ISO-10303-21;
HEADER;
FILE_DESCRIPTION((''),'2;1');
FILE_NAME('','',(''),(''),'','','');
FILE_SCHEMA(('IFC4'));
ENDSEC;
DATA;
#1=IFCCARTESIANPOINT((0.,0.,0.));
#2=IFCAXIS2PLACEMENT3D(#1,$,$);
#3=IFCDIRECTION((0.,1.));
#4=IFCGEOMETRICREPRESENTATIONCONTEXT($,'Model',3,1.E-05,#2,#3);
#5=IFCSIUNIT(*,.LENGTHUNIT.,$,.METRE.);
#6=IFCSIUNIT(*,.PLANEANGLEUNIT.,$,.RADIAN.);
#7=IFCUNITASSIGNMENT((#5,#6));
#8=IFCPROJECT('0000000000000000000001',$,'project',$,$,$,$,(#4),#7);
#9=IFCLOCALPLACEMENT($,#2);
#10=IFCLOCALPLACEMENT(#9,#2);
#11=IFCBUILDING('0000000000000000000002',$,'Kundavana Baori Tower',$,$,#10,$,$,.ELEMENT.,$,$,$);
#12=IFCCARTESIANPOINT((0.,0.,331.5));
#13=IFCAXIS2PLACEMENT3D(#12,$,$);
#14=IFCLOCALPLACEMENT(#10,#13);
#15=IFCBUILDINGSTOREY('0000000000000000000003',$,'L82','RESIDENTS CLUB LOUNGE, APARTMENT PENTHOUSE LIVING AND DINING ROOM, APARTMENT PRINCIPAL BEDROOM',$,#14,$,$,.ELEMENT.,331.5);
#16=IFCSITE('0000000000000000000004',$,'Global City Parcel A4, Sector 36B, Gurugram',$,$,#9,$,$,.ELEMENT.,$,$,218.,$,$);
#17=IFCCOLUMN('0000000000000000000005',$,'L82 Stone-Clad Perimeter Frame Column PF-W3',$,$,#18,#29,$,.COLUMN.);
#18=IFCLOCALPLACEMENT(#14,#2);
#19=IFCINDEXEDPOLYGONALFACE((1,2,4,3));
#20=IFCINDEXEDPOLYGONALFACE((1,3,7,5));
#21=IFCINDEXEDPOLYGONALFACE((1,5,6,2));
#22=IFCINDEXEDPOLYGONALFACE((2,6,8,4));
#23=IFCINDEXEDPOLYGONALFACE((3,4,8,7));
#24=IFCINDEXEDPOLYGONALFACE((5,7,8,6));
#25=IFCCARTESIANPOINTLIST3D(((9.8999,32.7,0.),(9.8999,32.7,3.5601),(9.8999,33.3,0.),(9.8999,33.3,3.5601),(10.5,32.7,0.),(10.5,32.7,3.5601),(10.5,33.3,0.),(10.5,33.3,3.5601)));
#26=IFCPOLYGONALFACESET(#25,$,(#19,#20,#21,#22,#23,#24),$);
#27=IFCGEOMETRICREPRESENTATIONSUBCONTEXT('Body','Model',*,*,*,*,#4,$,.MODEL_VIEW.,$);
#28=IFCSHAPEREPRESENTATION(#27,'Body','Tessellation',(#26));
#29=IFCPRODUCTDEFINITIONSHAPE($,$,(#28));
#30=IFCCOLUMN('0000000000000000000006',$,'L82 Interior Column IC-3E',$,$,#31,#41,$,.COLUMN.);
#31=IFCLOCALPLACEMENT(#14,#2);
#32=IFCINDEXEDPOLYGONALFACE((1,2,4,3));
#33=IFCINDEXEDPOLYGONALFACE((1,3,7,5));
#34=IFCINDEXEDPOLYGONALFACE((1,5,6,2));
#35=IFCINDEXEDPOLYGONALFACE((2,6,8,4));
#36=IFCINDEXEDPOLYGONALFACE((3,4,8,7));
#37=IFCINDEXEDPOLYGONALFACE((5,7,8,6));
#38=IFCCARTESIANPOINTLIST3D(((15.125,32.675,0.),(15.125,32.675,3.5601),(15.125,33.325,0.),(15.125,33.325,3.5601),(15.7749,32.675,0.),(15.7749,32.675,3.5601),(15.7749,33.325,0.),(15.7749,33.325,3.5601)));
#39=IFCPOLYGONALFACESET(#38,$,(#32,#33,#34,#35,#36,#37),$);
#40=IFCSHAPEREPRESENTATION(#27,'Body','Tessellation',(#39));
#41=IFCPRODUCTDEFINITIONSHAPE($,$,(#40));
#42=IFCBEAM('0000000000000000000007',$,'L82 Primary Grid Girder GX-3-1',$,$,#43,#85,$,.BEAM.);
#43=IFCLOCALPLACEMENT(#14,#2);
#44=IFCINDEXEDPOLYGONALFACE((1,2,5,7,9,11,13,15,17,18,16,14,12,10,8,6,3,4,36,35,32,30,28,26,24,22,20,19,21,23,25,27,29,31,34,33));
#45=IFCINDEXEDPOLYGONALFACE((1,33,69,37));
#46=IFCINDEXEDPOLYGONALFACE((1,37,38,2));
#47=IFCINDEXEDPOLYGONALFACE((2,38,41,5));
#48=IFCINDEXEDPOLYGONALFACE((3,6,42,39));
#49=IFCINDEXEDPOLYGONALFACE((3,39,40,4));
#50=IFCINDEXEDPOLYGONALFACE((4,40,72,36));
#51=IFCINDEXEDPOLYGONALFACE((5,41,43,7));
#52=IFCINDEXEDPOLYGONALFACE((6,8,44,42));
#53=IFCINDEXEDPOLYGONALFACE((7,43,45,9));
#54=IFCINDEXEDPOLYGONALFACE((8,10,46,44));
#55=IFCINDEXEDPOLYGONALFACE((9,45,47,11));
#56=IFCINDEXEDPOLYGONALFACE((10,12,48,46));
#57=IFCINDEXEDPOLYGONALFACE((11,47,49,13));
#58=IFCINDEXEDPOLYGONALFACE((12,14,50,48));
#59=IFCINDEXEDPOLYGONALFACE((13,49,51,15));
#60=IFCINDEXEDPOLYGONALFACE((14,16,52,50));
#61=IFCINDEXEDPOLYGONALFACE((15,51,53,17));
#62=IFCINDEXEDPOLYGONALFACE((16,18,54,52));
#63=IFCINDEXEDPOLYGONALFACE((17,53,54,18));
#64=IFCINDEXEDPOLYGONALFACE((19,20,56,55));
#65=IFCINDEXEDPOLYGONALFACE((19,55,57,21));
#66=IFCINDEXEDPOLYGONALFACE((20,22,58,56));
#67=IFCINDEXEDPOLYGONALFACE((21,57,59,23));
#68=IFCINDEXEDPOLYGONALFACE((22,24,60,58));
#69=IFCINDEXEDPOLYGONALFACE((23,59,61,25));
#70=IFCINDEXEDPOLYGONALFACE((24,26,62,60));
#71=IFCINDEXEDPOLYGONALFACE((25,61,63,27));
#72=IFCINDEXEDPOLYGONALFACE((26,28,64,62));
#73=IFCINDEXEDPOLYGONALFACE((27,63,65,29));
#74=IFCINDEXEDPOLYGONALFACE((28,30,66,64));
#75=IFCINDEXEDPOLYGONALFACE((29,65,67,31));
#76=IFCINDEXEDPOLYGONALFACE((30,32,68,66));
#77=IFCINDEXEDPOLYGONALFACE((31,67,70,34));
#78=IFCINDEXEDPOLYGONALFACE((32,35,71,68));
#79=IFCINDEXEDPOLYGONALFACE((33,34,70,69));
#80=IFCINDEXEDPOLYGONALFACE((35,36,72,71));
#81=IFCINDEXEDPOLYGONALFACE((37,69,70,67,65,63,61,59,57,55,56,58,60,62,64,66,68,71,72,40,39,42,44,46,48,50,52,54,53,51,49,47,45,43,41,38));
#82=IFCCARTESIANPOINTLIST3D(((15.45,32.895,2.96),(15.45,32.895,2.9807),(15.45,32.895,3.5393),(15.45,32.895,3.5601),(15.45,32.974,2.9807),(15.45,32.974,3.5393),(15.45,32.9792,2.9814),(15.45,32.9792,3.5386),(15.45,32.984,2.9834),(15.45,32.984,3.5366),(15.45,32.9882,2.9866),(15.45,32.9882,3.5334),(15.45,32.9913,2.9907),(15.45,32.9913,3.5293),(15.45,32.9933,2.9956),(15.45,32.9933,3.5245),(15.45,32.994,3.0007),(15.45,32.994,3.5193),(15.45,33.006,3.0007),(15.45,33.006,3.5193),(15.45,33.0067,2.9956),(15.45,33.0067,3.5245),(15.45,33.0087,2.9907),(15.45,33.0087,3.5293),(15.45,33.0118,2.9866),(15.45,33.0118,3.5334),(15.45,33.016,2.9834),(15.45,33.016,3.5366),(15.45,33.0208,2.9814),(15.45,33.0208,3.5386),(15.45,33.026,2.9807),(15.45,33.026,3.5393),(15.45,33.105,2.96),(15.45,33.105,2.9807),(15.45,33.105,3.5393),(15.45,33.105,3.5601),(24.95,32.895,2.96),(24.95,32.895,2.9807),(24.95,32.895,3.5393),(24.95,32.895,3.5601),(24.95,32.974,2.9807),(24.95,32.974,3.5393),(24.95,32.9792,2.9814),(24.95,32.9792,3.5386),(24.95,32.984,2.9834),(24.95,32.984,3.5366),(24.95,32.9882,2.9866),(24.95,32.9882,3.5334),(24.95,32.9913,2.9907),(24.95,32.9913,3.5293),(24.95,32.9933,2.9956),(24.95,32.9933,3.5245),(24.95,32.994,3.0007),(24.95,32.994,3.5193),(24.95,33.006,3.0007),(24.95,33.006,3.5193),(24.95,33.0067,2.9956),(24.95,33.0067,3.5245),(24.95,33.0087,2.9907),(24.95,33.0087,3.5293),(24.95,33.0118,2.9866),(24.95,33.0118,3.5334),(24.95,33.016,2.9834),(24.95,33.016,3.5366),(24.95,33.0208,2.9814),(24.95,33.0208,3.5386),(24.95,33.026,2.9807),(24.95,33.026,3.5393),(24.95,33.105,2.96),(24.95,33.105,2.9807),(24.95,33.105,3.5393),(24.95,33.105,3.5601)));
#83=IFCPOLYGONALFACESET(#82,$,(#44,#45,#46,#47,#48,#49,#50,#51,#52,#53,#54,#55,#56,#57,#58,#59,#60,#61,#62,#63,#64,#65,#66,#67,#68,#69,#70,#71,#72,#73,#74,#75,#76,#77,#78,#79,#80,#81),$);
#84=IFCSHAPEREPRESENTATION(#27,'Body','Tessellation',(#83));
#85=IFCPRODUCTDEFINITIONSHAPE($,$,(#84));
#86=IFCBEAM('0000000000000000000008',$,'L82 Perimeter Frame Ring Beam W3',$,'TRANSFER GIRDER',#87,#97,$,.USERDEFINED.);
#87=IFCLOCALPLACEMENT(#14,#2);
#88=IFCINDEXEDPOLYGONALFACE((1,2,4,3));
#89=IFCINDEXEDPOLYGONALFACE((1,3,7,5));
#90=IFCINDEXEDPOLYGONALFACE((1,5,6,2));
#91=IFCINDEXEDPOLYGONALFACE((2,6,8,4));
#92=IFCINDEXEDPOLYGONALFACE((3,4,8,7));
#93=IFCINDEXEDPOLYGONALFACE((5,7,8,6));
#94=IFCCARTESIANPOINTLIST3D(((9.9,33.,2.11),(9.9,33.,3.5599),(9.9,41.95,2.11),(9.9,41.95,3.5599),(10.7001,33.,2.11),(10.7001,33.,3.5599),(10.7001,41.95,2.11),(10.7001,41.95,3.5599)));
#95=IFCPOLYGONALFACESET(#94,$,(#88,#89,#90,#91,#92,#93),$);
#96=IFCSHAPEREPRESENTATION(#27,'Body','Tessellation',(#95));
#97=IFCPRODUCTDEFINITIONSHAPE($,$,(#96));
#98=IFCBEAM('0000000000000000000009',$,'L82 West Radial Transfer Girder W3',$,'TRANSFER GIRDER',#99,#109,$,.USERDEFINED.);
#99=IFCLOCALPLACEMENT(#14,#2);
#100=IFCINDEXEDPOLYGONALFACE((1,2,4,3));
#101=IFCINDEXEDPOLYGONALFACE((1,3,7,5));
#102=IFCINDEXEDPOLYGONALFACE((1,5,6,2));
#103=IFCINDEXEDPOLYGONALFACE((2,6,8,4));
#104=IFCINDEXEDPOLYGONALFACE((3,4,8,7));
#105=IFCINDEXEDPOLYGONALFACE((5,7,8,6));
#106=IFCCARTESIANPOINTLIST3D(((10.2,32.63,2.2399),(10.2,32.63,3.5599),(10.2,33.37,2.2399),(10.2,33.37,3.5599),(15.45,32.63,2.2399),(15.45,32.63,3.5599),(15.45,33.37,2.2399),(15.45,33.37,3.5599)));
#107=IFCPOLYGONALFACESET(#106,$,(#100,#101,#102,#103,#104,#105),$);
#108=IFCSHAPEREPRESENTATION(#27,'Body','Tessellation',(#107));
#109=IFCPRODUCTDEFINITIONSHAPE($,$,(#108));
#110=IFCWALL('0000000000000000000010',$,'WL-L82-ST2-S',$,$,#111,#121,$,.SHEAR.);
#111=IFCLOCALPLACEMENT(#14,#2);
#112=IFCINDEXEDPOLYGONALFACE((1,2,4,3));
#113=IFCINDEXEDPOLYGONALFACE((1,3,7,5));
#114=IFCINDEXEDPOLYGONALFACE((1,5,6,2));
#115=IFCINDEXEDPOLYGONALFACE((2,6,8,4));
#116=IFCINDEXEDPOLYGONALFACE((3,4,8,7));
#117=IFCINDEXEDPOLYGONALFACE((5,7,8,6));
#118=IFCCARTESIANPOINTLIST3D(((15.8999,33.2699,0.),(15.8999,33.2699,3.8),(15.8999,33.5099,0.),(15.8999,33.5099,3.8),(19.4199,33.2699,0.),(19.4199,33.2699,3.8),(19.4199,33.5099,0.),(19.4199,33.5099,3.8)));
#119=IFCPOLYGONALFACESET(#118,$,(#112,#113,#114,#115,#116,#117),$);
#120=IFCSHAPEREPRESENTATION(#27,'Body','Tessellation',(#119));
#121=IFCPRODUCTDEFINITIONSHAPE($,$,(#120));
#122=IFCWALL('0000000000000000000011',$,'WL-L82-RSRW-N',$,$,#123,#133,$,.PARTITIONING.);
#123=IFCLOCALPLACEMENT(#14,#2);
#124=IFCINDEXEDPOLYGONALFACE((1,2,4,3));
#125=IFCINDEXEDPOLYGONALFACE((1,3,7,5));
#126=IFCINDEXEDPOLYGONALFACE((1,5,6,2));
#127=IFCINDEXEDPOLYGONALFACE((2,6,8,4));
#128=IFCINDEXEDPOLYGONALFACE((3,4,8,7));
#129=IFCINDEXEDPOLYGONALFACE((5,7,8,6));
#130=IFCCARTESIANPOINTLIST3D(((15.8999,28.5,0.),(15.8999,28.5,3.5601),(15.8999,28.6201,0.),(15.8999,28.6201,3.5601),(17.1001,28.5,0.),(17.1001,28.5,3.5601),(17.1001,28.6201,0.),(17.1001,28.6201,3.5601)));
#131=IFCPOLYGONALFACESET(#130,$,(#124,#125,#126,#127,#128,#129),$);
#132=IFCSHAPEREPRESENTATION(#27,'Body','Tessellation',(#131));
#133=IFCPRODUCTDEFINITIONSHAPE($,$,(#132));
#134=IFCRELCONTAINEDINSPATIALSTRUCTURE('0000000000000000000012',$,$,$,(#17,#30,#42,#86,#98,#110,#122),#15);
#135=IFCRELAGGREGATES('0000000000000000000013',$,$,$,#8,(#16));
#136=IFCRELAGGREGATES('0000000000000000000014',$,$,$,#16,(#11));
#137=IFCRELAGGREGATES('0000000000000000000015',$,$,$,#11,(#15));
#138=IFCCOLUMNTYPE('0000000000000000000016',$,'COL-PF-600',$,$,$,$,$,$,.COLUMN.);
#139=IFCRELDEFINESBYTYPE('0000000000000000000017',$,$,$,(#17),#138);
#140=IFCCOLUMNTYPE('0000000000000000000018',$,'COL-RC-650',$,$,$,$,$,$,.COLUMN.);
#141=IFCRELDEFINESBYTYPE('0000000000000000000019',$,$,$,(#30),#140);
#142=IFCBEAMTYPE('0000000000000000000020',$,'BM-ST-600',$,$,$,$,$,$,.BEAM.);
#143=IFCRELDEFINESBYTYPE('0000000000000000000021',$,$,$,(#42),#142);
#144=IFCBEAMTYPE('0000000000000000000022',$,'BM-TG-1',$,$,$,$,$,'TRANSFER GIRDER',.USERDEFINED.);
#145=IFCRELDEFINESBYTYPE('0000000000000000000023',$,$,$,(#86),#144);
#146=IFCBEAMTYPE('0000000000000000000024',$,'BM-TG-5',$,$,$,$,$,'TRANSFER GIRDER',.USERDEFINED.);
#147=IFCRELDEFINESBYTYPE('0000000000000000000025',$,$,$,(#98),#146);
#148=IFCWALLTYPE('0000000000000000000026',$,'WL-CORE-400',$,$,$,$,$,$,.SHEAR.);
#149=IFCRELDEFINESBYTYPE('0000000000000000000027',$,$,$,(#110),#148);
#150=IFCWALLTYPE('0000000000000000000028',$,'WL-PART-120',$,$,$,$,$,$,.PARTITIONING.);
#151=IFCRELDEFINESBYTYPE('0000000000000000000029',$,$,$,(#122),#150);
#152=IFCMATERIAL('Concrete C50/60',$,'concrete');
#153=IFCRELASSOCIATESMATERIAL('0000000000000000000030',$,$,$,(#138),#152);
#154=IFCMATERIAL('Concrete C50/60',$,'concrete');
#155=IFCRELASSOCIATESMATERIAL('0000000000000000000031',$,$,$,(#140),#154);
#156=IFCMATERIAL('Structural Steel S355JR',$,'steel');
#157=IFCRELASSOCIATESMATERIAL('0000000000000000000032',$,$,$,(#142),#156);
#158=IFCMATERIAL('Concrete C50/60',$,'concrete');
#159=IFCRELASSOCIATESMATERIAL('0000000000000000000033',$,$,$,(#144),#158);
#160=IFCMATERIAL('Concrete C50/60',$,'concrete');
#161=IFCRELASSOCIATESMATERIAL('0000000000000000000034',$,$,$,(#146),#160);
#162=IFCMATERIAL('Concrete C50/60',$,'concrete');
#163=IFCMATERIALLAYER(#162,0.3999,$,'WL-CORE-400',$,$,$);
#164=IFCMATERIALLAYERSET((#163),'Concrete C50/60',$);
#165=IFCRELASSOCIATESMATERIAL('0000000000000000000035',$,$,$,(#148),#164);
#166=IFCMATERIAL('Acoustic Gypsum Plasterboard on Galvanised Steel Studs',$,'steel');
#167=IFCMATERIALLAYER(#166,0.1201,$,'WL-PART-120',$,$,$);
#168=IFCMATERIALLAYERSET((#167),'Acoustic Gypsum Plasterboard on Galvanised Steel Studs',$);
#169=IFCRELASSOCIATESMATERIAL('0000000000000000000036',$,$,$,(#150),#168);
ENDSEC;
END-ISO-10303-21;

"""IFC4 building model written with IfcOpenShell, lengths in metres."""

from ifc_helpers import new_model, si_unit, direction, frame, frame_2d, origin, origin_2d, place, context, subcontext, project, spatial, rectangle, i_section, extrude, material, layer, layer_set, material_profile, profile_set, type_object, element, save


model = new_model("IFC4")

# Units and contexts
model_context = context("Model", 3, precision=1e-05, world=origin(), true_north=direction((0.0, 1.0)))
body_context = subcontext(model_context, "Body", "Model", "MODEL_VIEW")
ifc_project = project(units=[si_unit("LENGTHUNIT", "METRE"), si_unit("PLANEANGLEUNIT", "RADIAN")], contexts=[model_context])

# Site, building, storey
site_placement = place(None, origin())
site = spatial("IfcSite", under=ifc_project, at=site_placement, Name="Global City Parcel A4, Sector 36B, Gurugram", CompositionType="ELEMENT", RefElevation=218.0)
building_placement = place(site_placement, origin())
building = spatial("IfcBuilding", under=site, at=building_placement, Name="Kundavana Baori Tower", CompositionType="ELEMENT")
storey_placement = place(building_placement, frame((0.0, 0.0, 331.5)))
storey = spatial("IfcBuildingStorey", under=building, at=storey_placement, Name="L82", Description="RESIDENTS CLUB LOUNGE, APARTMENT PENTHOUSE LIVING AND DINING ROOM, APARTMENT PRINCIPAL BEDROOM", CompositionType="ELEMENT", Elevation=331.5)

# Columns
ifc_material_1 = material(Name="Concrete C50/60", Category="concrete")
ifc_material_profile_1 = material_profile(ifc_material_1, rectangle(XDim=0.6001, YDim=0.6001, at=origin_2d()), Name="RC PF 600x600")
ifc_profile_set_1 = profile_set([ifc_material_profile_1], Name="Concrete C50/60")
column_type_1 = type_object("IfcColumnType", Name="COL-PF-600", PredefinedType="COLUMN", material=ifc_profile_set_1)
column_1_placement = place(storey_placement, frame((10.2, 33.0, 0.0), z_axis=(0.0, 0.0, 1.0), x_axis=(1.0, 0.0, 0.0)))
element("IfcColumn", 1, at=column_1_placement, inside=storey, type_object=column_type_1, Name="L82 Stone-Clad Perimeter Frame Column PF-W3", PredefinedType="COLUMN", context=body_context, shape_type="SweptSolid", body=[
    extrude(rectangle(XDim=0.6001, YDim=0.6001, at=origin_2d()), origin(), (0.0, 0.0, 1.0), 3.5601),
])
ifc_material_2 = material(Name="Concrete C50/60", Category="concrete")
ifc_material_profile_2 = material_profile(ifc_material_2, rectangle(XDim=0.6499, YDim=0.6499, at=origin_2d()), Name="RC 650x650")
ifc_profile_set_2 = profile_set([ifc_material_profile_2], Name="Concrete C50/60")
column_type_2 = type_object("IfcColumnType", Name="COL-RC-650", PredefinedType="COLUMN", material=ifc_profile_set_2)
column_2_placement = place(storey_placement, frame((15.45, 33.0, 0.0), z_axis=(0.0, 0.0, 1.0), x_axis=(1.0, 0.0, 0.0)))
element("IfcColumn", 2, at=column_2_placement, inside=storey, type_object=column_type_2, Name="L82 Interior Column IC-3E", PredefinedType="COLUMN", context=body_context, shape_type="SweptSolid", body=[
    extrude(rectangle(XDim=0.6499, YDim=0.6499, at=origin_2d()), origin(), (0.0, 0.0, 1.0), 3.5601),
])

# Beams
ifc_material_3 = material(Name="Structural Steel S355JR", Category="steel")
ifc_material_profile_3 = material_profile(ifc_material_3, i_section(OverallWidth=0.21, OverallDepth=0.6001, WebThickness=0.012, FlangeThickness=0.0208, FilletRadius=0.02, at=origin_2d()), Name="ISMB 600")
ifc_profile_set_3 = profile_set([ifc_material_profile_3], Name="Structural Steel S355JR")
beam_type_1 = type_object("IfcBeamType", Name="BM-ST-600", PredefinedType="BEAM", material=ifc_profile_set_3)
beam_1_placement = place(storey_placement, frame((15.45, 33.0, 3.26), z_axis=(1.0, 0.0, 0.0), x_axis=(0.0, 1.0, 0.0)))
element("IfcBeam", 3, at=beam_1_placement, inside=storey, type_object=beam_type_1, Name="L82 Primary Grid Girder GX-3-1", PredefinedType="BEAM", context=body_context, shape_type="SweptSolid", body=[
    extrude(i_section(OverallWidth=0.21, OverallDepth=0.6001, WebThickness=0.012, FlangeThickness=0.0208, FilletRadius=0.02, at=origin_2d()), origin(), (0.0, 0.0, 1.0), 9.5),
])
ifc_material_4 = material(Name="Concrete C50/60", Category="concrete")
ifc_material_profile_4 = material_profile(ifc_material_4, rectangle(XDim=0.8, YDim=1.45, at=origin_2d()), Name="BM-TG-1")
ifc_profile_set_4 = profile_set([ifc_material_profile_4], Name="Concrete C50/60")
beam_type_2 = type_object("IfcBeamType", Name="BM-TG-1", ElementType="TRANSFER GIRDER", PredefinedType="USERDEFINED", material=ifc_profile_set_4)
beam_2_placement = place(storey_placement, frame((10.3, 33.0, 2.835), z_axis=(0.0, 1.0, 0.0), x_axis=(-1.0, 0.0, 0.0)))
element("IfcBeam", 4, at=beam_2_placement, inside=storey, type_object=beam_type_2, Name="L82 Perimeter Frame Ring Beam W3", ObjectType="TRANSFER GIRDER", PredefinedType="USERDEFINED", context=body_context, shape_type="SweptSolid", body=[
    extrude(rectangle(XDim=0.8, YDim=1.45, at=origin_2d()), origin(), (0.0, 0.0, 1.0), 8.95),
])
ifc_material_5 = material(Name="Concrete C50/60", Category="concrete")
ifc_material_profile_5 = material_profile(ifc_material_5, rectangle(XDim=0.74, YDim=1.3201, at=origin_2d()), Name="BM-TG-5")
ifc_profile_set_5 = profile_set([ifc_material_profile_5], Name="Concrete C50/60")
beam_type_3 = type_object("IfcBeamType", Name="BM-TG-5", ElementType="TRANSFER GIRDER", PredefinedType="USERDEFINED", material=ifc_profile_set_5)
beam_3_placement = place(storey_placement, frame((15.45, 33.0, 2.8999), z_axis=(-1.0, 0.0, 0.0), x_axis=(0.0, -1.0, 0.0)))
element("IfcBeam", 5, at=beam_3_placement, inside=storey, type_object=beam_type_3, Name="L82 West Radial Transfer Girder W3", ObjectType="TRANSFER GIRDER", PredefinedType="USERDEFINED", context=body_context, shape_type="SweptSolid", body=[
    extrude(rectangle(XDim=0.74, YDim=1.3201, at=origin_2d()), origin(), (0.0, 0.0, 1.0), 5.25),
])

# Walls
ifc_material_6 = material(Name="Concrete C50/60", Category="concrete")
ifc_layer_1 = layer(ifc_material_6, 0.3999, Name="WL-CORE-400")
ifc_layer_set_1 = layer_set([ifc_layer_1], Name="Concrete C50/60")
wall_type_1 = type_object("IfcWallType", Name="WL-CORE-400", PredefinedType="SHEAR", material=ifc_layer_set_1)
wall_1_placement = place(storey_placement, frame((15.8999, 33.3899, 0.0), z_axis=(0.0, 0.0, 1.0), x_axis=(1.0, 0.0, 0.0)))
element("IfcWall", 6, at=wall_1_placement, inside=storey, type_object=wall_type_1, Name="WL-L82-ST2-S", PredefinedType="SHEAR", context=body_context, shape_type="SweptSolid", body=[
    extrude(rectangle(XDim=3.52, YDim=0.24, at=frame_2d((1.76, 0.0))), origin(), (0.0, 0.0, 1.0), 3.8),
])
ifc_material_7 = material(Name="Acoustic Gypsum Plasterboard on Galvanised Steel Studs", Category="steel")
ifc_layer_2 = layer(ifc_material_7, 0.1201, Name="WL-PART-120")
ifc_layer_set_2 = layer_set([ifc_layer_2], Name="Acoustic Gypsum Plasterboard on Galvanised Steel Studs")
wall_type_2 = type_object("IfcWallType", Name="WL-PART-120", PredefinedType="PARTITIONING", material=ifc_layer_set_2)
wall_2_placement = place(storey_placement, frame((15.8999, 28.5601, 0.0), z_axis=(0.0, 0.0, 1.0), x_axis=(1.0, 0.0, 0.0)))
element("IfcWall", 7, at=wall_2_placement, inside=storey, type_object=wall_type_2, Name="WL-L82-RSRW-N", PredefinedType="PARTITIONING", context=body_context, shape_type="SweptSolid", body=[
    extrude(rectangle(XDim=1.2002, YDim=0.1201, at=frame_2d((0.6001, 0.0))), origin(), (0.0, 0.0, 1.0), 3.5601),
])

save(model, "model.ifc")
